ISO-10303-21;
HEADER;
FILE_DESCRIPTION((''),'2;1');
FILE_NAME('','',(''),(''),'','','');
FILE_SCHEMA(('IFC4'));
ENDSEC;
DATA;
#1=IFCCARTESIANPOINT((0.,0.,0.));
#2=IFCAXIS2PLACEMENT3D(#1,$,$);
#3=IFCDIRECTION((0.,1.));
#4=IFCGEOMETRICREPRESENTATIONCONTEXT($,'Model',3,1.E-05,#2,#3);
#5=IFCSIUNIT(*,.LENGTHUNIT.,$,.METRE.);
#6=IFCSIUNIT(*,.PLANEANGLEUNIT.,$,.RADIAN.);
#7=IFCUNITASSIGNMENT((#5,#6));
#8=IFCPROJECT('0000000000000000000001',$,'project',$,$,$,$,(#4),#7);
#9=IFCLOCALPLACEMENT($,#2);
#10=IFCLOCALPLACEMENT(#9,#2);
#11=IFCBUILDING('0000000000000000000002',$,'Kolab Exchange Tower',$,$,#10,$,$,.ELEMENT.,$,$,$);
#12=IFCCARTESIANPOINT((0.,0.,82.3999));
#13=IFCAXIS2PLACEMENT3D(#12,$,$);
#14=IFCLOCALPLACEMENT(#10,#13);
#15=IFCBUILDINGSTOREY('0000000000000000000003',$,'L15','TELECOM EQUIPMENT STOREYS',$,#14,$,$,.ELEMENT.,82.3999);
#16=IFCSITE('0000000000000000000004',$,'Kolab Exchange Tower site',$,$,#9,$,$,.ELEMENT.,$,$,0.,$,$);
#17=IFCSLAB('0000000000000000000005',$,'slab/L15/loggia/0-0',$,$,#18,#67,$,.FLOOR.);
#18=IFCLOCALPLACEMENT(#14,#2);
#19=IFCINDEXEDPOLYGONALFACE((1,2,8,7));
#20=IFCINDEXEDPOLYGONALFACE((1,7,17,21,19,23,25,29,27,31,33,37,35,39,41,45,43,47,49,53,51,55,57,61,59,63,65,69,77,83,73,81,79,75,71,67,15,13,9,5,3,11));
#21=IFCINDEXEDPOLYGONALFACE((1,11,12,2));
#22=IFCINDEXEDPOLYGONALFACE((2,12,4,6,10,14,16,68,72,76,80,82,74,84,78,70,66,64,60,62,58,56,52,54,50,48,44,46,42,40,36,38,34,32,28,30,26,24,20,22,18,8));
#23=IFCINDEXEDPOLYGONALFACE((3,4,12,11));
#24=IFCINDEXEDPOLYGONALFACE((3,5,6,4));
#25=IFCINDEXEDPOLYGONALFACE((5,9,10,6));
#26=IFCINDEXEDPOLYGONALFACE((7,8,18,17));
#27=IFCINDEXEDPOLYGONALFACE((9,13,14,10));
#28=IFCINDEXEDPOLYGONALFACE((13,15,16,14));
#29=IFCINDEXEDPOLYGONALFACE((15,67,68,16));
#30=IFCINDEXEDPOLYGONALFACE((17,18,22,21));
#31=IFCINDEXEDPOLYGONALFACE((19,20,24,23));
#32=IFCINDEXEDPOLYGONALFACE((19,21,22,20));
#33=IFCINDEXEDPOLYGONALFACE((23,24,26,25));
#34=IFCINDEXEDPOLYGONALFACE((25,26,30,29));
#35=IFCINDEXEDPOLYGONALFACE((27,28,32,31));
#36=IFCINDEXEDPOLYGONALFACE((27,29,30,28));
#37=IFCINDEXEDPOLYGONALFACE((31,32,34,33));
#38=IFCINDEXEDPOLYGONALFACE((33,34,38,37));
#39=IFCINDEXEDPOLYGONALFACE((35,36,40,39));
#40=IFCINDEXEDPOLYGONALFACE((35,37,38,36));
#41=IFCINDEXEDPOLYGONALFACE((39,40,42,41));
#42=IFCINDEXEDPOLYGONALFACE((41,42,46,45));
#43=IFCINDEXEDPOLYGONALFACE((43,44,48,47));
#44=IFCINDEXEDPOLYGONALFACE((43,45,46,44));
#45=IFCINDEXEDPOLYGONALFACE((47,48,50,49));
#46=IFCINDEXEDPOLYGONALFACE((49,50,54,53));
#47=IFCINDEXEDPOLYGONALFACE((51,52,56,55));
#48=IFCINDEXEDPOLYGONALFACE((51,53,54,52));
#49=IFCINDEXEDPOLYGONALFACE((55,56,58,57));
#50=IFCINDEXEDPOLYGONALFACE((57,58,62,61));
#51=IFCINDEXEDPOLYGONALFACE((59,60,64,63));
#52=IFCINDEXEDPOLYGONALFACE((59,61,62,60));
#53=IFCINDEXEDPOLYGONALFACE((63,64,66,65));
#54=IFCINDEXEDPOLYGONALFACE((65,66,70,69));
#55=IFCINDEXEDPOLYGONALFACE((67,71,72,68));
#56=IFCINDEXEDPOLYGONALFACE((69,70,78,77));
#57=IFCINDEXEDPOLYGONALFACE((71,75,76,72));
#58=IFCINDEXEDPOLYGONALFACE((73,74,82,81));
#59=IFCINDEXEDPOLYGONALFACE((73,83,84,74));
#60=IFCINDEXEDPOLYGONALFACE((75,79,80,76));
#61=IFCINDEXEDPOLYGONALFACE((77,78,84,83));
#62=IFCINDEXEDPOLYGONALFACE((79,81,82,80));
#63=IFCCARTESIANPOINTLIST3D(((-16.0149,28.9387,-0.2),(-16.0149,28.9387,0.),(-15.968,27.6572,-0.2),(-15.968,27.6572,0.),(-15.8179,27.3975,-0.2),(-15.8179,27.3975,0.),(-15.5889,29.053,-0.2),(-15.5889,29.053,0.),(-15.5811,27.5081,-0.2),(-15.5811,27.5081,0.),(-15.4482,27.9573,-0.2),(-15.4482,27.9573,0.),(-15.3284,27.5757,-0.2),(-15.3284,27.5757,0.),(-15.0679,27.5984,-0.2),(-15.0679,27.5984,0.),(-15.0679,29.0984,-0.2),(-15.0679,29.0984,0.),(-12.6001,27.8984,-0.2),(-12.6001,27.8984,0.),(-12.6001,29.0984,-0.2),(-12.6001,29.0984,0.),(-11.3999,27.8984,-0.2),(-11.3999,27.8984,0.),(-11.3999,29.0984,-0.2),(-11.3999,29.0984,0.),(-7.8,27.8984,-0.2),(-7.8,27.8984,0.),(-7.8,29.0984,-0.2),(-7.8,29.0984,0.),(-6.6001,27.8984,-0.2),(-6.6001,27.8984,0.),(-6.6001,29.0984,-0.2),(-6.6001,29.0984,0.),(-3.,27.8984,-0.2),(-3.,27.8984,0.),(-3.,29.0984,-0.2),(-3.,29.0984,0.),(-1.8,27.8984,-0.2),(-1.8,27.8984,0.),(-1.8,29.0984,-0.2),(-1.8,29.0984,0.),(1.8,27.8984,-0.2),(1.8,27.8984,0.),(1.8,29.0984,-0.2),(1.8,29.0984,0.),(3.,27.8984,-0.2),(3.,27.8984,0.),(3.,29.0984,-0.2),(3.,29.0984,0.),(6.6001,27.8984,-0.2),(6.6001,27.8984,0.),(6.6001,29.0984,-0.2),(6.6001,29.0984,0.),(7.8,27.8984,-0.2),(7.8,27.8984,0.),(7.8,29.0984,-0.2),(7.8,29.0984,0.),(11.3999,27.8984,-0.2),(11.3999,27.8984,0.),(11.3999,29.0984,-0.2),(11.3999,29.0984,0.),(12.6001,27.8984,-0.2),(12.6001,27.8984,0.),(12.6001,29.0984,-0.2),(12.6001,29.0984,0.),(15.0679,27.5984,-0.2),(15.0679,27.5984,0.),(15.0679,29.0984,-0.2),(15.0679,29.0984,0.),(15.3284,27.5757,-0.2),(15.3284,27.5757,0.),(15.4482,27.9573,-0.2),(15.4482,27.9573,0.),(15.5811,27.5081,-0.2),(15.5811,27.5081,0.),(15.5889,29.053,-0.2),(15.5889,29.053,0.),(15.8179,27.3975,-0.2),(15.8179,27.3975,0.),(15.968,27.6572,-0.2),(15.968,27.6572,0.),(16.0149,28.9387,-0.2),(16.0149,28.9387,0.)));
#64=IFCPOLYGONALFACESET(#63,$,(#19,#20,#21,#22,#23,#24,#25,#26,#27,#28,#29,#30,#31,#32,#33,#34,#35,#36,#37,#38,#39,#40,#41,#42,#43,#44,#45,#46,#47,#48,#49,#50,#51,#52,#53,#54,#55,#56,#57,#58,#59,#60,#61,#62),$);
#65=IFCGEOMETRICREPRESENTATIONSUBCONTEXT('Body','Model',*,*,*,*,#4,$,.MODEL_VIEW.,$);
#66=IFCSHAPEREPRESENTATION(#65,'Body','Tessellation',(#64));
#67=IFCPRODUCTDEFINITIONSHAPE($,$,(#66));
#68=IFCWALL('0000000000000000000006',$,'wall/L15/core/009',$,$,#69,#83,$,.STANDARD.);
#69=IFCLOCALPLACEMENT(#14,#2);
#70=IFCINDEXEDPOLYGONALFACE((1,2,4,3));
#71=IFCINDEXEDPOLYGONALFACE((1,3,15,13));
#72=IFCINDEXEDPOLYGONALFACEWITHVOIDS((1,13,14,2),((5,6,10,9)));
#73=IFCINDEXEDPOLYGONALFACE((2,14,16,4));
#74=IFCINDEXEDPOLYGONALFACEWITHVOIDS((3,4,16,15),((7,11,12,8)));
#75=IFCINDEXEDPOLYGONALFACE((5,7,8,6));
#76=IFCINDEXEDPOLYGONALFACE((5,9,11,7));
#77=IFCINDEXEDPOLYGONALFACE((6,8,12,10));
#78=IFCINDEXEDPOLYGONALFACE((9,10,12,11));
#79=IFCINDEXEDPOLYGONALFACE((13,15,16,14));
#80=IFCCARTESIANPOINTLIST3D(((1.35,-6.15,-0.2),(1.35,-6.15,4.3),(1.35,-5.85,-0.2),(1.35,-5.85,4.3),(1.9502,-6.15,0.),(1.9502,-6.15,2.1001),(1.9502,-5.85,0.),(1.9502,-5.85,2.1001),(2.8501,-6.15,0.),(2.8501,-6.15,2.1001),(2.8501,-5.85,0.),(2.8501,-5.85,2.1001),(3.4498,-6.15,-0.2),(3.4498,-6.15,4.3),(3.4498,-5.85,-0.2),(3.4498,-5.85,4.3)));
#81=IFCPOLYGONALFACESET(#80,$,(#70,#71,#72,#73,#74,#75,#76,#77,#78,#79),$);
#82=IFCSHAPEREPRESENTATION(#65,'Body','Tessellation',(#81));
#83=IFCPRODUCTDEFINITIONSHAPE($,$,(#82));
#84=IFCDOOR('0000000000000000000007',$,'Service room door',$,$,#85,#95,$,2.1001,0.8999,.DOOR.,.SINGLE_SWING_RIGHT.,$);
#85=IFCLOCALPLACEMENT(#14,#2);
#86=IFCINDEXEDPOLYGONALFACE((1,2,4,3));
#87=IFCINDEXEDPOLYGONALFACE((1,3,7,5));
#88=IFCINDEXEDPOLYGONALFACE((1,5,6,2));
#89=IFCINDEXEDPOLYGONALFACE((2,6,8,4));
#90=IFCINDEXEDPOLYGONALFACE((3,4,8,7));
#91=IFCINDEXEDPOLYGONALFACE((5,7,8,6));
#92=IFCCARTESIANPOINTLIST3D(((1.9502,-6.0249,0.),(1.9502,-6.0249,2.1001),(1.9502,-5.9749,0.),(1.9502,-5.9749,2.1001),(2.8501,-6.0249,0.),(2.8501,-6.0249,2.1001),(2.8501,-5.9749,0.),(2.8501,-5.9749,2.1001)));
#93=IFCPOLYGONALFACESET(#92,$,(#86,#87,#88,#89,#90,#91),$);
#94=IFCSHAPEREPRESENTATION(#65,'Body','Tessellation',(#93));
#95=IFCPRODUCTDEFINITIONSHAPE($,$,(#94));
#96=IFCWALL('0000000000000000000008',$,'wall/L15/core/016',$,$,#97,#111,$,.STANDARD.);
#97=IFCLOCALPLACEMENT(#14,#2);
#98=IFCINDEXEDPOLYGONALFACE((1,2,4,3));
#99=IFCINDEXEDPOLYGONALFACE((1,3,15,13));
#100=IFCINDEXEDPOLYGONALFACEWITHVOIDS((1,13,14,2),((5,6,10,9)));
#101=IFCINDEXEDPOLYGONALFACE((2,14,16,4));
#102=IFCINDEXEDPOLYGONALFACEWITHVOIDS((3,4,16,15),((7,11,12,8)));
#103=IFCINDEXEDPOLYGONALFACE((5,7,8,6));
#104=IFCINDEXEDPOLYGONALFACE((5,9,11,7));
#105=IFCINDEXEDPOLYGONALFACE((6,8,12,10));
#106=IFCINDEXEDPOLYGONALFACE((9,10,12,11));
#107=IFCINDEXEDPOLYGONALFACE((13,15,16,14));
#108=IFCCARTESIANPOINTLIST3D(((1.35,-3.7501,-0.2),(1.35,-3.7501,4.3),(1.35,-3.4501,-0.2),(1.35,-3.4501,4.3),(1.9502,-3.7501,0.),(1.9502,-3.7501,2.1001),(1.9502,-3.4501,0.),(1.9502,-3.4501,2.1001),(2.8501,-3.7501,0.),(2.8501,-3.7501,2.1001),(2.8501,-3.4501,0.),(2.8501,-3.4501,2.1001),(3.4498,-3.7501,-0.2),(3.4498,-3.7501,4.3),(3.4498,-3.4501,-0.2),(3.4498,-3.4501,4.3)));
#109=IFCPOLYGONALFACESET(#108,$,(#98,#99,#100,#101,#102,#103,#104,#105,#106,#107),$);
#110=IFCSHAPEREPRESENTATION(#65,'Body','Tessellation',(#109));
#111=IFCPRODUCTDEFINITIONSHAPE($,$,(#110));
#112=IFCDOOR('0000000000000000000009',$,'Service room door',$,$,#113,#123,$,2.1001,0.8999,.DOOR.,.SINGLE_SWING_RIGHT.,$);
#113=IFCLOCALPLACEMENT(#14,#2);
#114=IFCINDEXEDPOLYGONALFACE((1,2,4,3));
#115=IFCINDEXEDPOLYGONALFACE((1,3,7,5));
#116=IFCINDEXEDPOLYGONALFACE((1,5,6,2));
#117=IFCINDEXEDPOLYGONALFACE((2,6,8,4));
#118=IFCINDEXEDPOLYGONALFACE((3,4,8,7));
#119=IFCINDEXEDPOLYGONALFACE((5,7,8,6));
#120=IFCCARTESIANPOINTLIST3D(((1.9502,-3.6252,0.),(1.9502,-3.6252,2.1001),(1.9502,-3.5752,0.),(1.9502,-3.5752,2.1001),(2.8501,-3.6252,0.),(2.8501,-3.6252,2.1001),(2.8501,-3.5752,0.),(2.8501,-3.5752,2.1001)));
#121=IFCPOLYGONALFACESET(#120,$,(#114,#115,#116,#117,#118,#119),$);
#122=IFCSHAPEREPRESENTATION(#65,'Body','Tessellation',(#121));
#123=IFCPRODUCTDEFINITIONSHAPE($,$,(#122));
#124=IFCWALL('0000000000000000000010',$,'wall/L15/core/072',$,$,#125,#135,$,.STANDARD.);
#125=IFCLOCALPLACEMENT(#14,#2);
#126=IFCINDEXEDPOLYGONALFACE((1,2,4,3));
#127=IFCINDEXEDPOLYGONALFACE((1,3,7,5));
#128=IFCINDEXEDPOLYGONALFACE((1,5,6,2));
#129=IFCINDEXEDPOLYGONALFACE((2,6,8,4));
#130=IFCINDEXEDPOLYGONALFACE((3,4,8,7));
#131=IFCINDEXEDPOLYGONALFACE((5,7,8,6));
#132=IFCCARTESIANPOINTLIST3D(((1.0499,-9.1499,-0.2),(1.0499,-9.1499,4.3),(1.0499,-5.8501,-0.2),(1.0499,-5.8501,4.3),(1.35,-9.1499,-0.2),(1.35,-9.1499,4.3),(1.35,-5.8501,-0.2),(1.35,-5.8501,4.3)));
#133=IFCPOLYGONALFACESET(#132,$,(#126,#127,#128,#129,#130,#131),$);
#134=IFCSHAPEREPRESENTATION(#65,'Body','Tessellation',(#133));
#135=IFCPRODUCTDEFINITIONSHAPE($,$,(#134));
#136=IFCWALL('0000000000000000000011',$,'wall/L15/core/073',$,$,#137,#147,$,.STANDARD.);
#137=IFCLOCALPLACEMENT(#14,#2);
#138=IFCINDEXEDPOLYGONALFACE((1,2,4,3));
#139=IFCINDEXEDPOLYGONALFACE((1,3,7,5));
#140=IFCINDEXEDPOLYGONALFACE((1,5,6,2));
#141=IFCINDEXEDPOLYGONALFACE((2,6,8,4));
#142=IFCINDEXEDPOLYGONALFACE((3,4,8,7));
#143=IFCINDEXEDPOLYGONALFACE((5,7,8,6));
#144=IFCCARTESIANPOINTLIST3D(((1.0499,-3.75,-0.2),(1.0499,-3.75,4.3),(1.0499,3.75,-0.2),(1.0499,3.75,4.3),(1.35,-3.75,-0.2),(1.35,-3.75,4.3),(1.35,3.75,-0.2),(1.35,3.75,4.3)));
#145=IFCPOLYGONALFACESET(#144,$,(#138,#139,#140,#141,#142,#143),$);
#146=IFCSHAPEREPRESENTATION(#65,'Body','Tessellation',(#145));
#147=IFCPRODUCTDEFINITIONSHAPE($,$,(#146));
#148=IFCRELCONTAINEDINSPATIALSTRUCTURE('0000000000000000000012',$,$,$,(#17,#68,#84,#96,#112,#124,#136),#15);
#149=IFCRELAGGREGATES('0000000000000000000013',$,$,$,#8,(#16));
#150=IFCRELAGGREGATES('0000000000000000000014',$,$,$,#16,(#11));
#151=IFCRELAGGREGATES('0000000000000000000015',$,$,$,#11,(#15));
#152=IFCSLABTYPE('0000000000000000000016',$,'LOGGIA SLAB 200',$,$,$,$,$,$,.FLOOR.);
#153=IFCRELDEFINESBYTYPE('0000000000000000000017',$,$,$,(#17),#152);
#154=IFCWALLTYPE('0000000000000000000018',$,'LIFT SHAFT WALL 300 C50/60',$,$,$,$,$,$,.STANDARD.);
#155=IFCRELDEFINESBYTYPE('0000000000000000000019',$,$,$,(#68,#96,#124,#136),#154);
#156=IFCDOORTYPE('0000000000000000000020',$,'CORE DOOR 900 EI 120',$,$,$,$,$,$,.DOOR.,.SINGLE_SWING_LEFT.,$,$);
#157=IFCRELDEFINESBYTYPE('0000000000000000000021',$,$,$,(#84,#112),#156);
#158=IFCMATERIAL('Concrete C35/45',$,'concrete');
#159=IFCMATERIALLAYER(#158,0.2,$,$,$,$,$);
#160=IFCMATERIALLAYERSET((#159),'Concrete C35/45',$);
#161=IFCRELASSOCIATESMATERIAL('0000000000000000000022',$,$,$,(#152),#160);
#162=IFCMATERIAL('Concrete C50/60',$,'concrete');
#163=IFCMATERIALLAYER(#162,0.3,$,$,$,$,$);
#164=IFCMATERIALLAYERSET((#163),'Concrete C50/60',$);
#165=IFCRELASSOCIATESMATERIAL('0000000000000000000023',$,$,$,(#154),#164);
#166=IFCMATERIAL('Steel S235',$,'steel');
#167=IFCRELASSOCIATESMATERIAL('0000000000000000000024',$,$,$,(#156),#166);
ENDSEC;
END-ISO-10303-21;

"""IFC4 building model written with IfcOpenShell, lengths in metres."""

from ifc_helpers import new_model, si_unit, direction, frame, frame_2d, origin, place, context, subcontext, project, spatial, polyline, rectangle, outline, extrude, material, layer, layer_set, type_object, element, fill, save


model = new_model("IFC4")

# Units and contexts
model_context = context("Model", 3, precision=1e-05, world=origin(), true_north=direction((0.0, 1.0)))
body_context = subcontext(model_context, "Body", "Model", "MODEL_VIEW")
ifc_project = project(units=[si_unit("LENGTHUNIT", "METRE"), si_unit("PLANEANGLEUNIT", "RADIAN")], contexts=[model_context])

# Site, building, storey
site_placement = place(None, origin())
site = spatial("IfcSite", under=ifc_project, at=site_placement, Name="Kolab Exchange Tower site", CompositionType="ELEMENT", RefElevation=0.0)
building_placement = place(site_placement, origin())
building = spatial("IfcBuilding", under=site, at=building_placement, Name="Kolab Exchange Tower", CompositionType="ELEMENT")
storey_placement = place(building_placement, frame((0.0, 0.0, 82.3999)))
storey = spatial("IfcBuildingStorey", under=building, at=storey_placement, Name="L15", Description="TELECOM EQUIPMENT STOREYS", CompositionType="ELEMENT", Elevation=82.3999)

# Slab
ifc_material_1 = material(Name="Concrete C35/45", Category="concrete")
ifc_layer_1 = layer(ifc_material_1, 0.2)
ifc_layer_set_1 = layer_set([ifc_layer_1], Name="Concrete C35/45")
slab_type_1 = type_object("IfcSlabType", Name="LOGGIA SLAB 200", PredefinedType="FLOOR", material=ifc_layer_set_1)
slab_1_placement = place(storey_placement, frame((0.0, 0.0, -0.2)))
element("IfcSlab", 1, at=slab_1_placement, inside=storey, type_object=slab_type_1, Name="slab/L15/loggia/0-0", PredefinedType="FLOOR", context=body_context, shape_type="SweptSolid", body=[
    extrude(outline(polyline([(15.8179, 27.3975), (15.968, 27.6572), (15.4482, 27.9573), (16.0149, 28.9387), (15.5889, 29.053), (15.0679, 29.0984), (12.6001, 29.0984), (12.6001, 27.8984), (11.3999, 27.8984), (11.3999, 29.0984), (7.8, 29.0984), (7.8, 27.8984), (6.6001, 27.8984), (6.6001, 29.0984), (3.0, 29.0984), (3.0, 27.8984), (1.8, 27.8984), (1.8, 29.0984), (-1.8, 29.0984), (-1.8, 27.8984), (-3.0, 27.8984), (-3.0, 29.0984), (-6.6001, 29.0984), (-6.6001, 27.8984), (-7.8, 27.8984), (-7.8, 29.0984), (-11.3999, 29.0984), (-11.3999, 27.8984), (-12.6001, 27.8984), (-12.6001, 29.0984), (-15.0679, 29.0984), (-15.5889, 29.053), (-16.0149, 28.9387), (-15.4482, 27.9573), (-15.968, 27.6572), (-15.8179, 27.3975), (-15.5811, 27.5081), (-15.3284, 27.5757), (-15.0679, 27.5984), (15.0679, 27.5984), (15.3284, 27.5757), (15.5811, 27.5081), (15.8179, 27.3975)])), origin(), (0.0, 0.0, 1.0), 0.2),
])

# Walls, openings, doors
ifc_material_2 = material(Name="Concrete C50/60", Category="concrete")
ifc_layer_2 = layer(ifc_material_2, 0.3)
ifc_layer_set_2 = layer_set([ifc_layer_2], Name="Concrete C50/60")
wall_type = type_object("IfcWallType", Name="LIFT SHAFT WALL 300 C50/60", PredefinedType="STANDARD", material=ifc_layer_set_2)
wall_1_placement = place(storey_placement, frame((1.3501, -6.0, -0.2), z_axis=(0.0, 0.0, 1.0), x_axis=(1.0, 0.0, 0.0)))
wall_1 = element("IfcWall", 2, at=wall_1_placement, inside=storey, type_object=wall_type, Name="wall/L15/core/009", PredefinedType="STANDARD", context=body_context, shape_type="SweptSolid", body=[
    extrude(rectangle(XDim=2.0999, YDim=0.3, at=frame_2d((1.0498, 0.0))), origin(), (0.0, 0.0, 1.0), 4.5),
])
opening_1_placement = place(wall_1_placement, frame((0.6001, 0.0, 0.2)))
opening_1 = element("IfcOpeningElement", 3, at=opening_1_placement, cuts=wall_1, PredefinedType="OPENING", context=body_context, shape_type="SweptSolid", body=[
    extrude(rectangle(XDim=0.8999, YDim=2.1001, at=frame_2d((0.45, 1.05))), frame((0.0, 0.1602, 0.0), z_axis=(0.0, -1.0, 0.0), x_axis=(1.0, 0.0, 0.0)), (0.0, 0.0, 1.0), 0.3201),
])
ifc_material_3 = material(Name="Steel S235", Category="steel")
door_type = type_object("IfcDoorType", Name="CORE DOOR 900 EI 120", OperationType="SINGLE_SWING_LEFT", PredefinedType="DOOR", material=ifc_material_3)
door_1_placement = place(opening_1_placement, frame((0.8999, 0.0, 0.0), z_axis=(0.0, 0.0, 1.0), x_axis=(-1.0, 0.0, 0.0)))
door_1 = element("IfcDoor", 4, at=door_1_placement, inside=storey, type_object=door_type, Name="Service room door", OperationType="SINGLE_SWING_RIGHT", OverallHeight=2.1001, OverallWidth=0.8999, PredefinedType="DOOR", context=body_context, shape_type="SweptSolid", body=[
    extrude(rectangle(XDim=0.8999, YDim=2.1001, at=frame_2d((0.45, 1.05))), frame((0.0, 0.0249, 0.0), z_axis=(0.0, -1.0, 0.0), x_axis=(1.0, 0.0, 0.0)), (0.0, 0.0, 1.0), 0.05),
])
fill(opening_1, door_1)
wall_2_placement = place(storey_placement, frame((1.3501, -3.6001, -0.2), z_axis=(0.0, 0.0, 1.0), x_axis=(1.0, 0.0, 0.0)))
wall_2 = element("IfcWall", 5, at=wall_2_placement, inside=storey, type_object=wall_type, Name="wall/L15/core/016", PredefinedType="STANDARD", context=body_context, shape_type="SweptSolid", body=[
    extrude(rectangle(XDim=2.0999, YDim=0.3, at=frame_2d((1.0498, 0.0))), origin(), (0.0, 0.0, 1.0), 4.5),
])
opening_2_placement = place(wall_2_placement, frame((0.6001, 0.0, 0.2)))
opening_2 = element("IfcOpeningElement", 6, at=opening_2_placement, cuts=wall_2, PredefinedType="OPENING", context=body_context, shape_type="SweptSolid", body=[
    extrude(rectangle(XDim=0.8999, YDim=2.1001, at=frame_2d((0.45, 1.05))), frame((0.0, 0.1602, 0.0), z_axis=(0.0, -1.0, 0.0), x_axis=(1.0, 0.0, 0.0)), (0.0, 0.0, 1.0), 0.3201),
])
door_2_placement = place(opening_2_placement, origin())
door_2 = element("IfcDoor", 7, at=door_2_placement, inside=storey, type_object=door_type, Name="Service room door", OperationType="SINGLE_SWING_RIGHT", OverallHeight=2.1001, OverallWidth=0.8999, PredefinedType="DOOR", context=body_context, shape_type="SweptSolid", body=[
    extrude(rectangle(XDim=0.8999, YDim=2.1001, at=frame_2d((0.45, 1.05))), frame((0.0, 0.0249, 0.0), z_axis=(0.0, -1.0, 0.0), x_axis=(1.0, 0.0, 0.0)), (0.0, 0.0, 1.0), 0.05),
])
fill(opening_2, door_2)

# Walls
wall_3_placement = place(storey_placement, frame((1.2, -9.1499, -0.2), z_axis=(0.0, 0.0, 1.0), x_axis=(0.0, 1.0, 0.0)))
element("IfcWall", 8, at=wall_3_placement, inside=storey, type_object=wall_type, Name="wall/L15/core/072", PredefinedType="STANDARD", context=body_context, shape_type="SweptSolid", body=[
    extrude(rectangle(XDim=3.2998, YDim=0.3, at=frame_2d((1.6499, 0.0))), origin(), (0.0, 0.0, 1.0), 4.5),
])
wall_4_placement = place(storey_placement, frame((1.2, -3.75, -0.2), z_axis=(0.0, 0.0, 1.0), x_axis=(0.0, 1.0, 0.0)))
element("IfcWall", 9, at=wall_4_placement, inside=storey, type_object=wall_type, Name="wall/L15/core/073", PredefinedType="STANDARD", context=body_context, shape_type="SweptSolid", body=[
    extrude(rectangle(XDim=7.5, YDim=0.3, at=frame_2d((3.75, 0.0))), origin(), (0.0, 0.0, 1.0), 4.5),
])

save(model, "model.ifc")
